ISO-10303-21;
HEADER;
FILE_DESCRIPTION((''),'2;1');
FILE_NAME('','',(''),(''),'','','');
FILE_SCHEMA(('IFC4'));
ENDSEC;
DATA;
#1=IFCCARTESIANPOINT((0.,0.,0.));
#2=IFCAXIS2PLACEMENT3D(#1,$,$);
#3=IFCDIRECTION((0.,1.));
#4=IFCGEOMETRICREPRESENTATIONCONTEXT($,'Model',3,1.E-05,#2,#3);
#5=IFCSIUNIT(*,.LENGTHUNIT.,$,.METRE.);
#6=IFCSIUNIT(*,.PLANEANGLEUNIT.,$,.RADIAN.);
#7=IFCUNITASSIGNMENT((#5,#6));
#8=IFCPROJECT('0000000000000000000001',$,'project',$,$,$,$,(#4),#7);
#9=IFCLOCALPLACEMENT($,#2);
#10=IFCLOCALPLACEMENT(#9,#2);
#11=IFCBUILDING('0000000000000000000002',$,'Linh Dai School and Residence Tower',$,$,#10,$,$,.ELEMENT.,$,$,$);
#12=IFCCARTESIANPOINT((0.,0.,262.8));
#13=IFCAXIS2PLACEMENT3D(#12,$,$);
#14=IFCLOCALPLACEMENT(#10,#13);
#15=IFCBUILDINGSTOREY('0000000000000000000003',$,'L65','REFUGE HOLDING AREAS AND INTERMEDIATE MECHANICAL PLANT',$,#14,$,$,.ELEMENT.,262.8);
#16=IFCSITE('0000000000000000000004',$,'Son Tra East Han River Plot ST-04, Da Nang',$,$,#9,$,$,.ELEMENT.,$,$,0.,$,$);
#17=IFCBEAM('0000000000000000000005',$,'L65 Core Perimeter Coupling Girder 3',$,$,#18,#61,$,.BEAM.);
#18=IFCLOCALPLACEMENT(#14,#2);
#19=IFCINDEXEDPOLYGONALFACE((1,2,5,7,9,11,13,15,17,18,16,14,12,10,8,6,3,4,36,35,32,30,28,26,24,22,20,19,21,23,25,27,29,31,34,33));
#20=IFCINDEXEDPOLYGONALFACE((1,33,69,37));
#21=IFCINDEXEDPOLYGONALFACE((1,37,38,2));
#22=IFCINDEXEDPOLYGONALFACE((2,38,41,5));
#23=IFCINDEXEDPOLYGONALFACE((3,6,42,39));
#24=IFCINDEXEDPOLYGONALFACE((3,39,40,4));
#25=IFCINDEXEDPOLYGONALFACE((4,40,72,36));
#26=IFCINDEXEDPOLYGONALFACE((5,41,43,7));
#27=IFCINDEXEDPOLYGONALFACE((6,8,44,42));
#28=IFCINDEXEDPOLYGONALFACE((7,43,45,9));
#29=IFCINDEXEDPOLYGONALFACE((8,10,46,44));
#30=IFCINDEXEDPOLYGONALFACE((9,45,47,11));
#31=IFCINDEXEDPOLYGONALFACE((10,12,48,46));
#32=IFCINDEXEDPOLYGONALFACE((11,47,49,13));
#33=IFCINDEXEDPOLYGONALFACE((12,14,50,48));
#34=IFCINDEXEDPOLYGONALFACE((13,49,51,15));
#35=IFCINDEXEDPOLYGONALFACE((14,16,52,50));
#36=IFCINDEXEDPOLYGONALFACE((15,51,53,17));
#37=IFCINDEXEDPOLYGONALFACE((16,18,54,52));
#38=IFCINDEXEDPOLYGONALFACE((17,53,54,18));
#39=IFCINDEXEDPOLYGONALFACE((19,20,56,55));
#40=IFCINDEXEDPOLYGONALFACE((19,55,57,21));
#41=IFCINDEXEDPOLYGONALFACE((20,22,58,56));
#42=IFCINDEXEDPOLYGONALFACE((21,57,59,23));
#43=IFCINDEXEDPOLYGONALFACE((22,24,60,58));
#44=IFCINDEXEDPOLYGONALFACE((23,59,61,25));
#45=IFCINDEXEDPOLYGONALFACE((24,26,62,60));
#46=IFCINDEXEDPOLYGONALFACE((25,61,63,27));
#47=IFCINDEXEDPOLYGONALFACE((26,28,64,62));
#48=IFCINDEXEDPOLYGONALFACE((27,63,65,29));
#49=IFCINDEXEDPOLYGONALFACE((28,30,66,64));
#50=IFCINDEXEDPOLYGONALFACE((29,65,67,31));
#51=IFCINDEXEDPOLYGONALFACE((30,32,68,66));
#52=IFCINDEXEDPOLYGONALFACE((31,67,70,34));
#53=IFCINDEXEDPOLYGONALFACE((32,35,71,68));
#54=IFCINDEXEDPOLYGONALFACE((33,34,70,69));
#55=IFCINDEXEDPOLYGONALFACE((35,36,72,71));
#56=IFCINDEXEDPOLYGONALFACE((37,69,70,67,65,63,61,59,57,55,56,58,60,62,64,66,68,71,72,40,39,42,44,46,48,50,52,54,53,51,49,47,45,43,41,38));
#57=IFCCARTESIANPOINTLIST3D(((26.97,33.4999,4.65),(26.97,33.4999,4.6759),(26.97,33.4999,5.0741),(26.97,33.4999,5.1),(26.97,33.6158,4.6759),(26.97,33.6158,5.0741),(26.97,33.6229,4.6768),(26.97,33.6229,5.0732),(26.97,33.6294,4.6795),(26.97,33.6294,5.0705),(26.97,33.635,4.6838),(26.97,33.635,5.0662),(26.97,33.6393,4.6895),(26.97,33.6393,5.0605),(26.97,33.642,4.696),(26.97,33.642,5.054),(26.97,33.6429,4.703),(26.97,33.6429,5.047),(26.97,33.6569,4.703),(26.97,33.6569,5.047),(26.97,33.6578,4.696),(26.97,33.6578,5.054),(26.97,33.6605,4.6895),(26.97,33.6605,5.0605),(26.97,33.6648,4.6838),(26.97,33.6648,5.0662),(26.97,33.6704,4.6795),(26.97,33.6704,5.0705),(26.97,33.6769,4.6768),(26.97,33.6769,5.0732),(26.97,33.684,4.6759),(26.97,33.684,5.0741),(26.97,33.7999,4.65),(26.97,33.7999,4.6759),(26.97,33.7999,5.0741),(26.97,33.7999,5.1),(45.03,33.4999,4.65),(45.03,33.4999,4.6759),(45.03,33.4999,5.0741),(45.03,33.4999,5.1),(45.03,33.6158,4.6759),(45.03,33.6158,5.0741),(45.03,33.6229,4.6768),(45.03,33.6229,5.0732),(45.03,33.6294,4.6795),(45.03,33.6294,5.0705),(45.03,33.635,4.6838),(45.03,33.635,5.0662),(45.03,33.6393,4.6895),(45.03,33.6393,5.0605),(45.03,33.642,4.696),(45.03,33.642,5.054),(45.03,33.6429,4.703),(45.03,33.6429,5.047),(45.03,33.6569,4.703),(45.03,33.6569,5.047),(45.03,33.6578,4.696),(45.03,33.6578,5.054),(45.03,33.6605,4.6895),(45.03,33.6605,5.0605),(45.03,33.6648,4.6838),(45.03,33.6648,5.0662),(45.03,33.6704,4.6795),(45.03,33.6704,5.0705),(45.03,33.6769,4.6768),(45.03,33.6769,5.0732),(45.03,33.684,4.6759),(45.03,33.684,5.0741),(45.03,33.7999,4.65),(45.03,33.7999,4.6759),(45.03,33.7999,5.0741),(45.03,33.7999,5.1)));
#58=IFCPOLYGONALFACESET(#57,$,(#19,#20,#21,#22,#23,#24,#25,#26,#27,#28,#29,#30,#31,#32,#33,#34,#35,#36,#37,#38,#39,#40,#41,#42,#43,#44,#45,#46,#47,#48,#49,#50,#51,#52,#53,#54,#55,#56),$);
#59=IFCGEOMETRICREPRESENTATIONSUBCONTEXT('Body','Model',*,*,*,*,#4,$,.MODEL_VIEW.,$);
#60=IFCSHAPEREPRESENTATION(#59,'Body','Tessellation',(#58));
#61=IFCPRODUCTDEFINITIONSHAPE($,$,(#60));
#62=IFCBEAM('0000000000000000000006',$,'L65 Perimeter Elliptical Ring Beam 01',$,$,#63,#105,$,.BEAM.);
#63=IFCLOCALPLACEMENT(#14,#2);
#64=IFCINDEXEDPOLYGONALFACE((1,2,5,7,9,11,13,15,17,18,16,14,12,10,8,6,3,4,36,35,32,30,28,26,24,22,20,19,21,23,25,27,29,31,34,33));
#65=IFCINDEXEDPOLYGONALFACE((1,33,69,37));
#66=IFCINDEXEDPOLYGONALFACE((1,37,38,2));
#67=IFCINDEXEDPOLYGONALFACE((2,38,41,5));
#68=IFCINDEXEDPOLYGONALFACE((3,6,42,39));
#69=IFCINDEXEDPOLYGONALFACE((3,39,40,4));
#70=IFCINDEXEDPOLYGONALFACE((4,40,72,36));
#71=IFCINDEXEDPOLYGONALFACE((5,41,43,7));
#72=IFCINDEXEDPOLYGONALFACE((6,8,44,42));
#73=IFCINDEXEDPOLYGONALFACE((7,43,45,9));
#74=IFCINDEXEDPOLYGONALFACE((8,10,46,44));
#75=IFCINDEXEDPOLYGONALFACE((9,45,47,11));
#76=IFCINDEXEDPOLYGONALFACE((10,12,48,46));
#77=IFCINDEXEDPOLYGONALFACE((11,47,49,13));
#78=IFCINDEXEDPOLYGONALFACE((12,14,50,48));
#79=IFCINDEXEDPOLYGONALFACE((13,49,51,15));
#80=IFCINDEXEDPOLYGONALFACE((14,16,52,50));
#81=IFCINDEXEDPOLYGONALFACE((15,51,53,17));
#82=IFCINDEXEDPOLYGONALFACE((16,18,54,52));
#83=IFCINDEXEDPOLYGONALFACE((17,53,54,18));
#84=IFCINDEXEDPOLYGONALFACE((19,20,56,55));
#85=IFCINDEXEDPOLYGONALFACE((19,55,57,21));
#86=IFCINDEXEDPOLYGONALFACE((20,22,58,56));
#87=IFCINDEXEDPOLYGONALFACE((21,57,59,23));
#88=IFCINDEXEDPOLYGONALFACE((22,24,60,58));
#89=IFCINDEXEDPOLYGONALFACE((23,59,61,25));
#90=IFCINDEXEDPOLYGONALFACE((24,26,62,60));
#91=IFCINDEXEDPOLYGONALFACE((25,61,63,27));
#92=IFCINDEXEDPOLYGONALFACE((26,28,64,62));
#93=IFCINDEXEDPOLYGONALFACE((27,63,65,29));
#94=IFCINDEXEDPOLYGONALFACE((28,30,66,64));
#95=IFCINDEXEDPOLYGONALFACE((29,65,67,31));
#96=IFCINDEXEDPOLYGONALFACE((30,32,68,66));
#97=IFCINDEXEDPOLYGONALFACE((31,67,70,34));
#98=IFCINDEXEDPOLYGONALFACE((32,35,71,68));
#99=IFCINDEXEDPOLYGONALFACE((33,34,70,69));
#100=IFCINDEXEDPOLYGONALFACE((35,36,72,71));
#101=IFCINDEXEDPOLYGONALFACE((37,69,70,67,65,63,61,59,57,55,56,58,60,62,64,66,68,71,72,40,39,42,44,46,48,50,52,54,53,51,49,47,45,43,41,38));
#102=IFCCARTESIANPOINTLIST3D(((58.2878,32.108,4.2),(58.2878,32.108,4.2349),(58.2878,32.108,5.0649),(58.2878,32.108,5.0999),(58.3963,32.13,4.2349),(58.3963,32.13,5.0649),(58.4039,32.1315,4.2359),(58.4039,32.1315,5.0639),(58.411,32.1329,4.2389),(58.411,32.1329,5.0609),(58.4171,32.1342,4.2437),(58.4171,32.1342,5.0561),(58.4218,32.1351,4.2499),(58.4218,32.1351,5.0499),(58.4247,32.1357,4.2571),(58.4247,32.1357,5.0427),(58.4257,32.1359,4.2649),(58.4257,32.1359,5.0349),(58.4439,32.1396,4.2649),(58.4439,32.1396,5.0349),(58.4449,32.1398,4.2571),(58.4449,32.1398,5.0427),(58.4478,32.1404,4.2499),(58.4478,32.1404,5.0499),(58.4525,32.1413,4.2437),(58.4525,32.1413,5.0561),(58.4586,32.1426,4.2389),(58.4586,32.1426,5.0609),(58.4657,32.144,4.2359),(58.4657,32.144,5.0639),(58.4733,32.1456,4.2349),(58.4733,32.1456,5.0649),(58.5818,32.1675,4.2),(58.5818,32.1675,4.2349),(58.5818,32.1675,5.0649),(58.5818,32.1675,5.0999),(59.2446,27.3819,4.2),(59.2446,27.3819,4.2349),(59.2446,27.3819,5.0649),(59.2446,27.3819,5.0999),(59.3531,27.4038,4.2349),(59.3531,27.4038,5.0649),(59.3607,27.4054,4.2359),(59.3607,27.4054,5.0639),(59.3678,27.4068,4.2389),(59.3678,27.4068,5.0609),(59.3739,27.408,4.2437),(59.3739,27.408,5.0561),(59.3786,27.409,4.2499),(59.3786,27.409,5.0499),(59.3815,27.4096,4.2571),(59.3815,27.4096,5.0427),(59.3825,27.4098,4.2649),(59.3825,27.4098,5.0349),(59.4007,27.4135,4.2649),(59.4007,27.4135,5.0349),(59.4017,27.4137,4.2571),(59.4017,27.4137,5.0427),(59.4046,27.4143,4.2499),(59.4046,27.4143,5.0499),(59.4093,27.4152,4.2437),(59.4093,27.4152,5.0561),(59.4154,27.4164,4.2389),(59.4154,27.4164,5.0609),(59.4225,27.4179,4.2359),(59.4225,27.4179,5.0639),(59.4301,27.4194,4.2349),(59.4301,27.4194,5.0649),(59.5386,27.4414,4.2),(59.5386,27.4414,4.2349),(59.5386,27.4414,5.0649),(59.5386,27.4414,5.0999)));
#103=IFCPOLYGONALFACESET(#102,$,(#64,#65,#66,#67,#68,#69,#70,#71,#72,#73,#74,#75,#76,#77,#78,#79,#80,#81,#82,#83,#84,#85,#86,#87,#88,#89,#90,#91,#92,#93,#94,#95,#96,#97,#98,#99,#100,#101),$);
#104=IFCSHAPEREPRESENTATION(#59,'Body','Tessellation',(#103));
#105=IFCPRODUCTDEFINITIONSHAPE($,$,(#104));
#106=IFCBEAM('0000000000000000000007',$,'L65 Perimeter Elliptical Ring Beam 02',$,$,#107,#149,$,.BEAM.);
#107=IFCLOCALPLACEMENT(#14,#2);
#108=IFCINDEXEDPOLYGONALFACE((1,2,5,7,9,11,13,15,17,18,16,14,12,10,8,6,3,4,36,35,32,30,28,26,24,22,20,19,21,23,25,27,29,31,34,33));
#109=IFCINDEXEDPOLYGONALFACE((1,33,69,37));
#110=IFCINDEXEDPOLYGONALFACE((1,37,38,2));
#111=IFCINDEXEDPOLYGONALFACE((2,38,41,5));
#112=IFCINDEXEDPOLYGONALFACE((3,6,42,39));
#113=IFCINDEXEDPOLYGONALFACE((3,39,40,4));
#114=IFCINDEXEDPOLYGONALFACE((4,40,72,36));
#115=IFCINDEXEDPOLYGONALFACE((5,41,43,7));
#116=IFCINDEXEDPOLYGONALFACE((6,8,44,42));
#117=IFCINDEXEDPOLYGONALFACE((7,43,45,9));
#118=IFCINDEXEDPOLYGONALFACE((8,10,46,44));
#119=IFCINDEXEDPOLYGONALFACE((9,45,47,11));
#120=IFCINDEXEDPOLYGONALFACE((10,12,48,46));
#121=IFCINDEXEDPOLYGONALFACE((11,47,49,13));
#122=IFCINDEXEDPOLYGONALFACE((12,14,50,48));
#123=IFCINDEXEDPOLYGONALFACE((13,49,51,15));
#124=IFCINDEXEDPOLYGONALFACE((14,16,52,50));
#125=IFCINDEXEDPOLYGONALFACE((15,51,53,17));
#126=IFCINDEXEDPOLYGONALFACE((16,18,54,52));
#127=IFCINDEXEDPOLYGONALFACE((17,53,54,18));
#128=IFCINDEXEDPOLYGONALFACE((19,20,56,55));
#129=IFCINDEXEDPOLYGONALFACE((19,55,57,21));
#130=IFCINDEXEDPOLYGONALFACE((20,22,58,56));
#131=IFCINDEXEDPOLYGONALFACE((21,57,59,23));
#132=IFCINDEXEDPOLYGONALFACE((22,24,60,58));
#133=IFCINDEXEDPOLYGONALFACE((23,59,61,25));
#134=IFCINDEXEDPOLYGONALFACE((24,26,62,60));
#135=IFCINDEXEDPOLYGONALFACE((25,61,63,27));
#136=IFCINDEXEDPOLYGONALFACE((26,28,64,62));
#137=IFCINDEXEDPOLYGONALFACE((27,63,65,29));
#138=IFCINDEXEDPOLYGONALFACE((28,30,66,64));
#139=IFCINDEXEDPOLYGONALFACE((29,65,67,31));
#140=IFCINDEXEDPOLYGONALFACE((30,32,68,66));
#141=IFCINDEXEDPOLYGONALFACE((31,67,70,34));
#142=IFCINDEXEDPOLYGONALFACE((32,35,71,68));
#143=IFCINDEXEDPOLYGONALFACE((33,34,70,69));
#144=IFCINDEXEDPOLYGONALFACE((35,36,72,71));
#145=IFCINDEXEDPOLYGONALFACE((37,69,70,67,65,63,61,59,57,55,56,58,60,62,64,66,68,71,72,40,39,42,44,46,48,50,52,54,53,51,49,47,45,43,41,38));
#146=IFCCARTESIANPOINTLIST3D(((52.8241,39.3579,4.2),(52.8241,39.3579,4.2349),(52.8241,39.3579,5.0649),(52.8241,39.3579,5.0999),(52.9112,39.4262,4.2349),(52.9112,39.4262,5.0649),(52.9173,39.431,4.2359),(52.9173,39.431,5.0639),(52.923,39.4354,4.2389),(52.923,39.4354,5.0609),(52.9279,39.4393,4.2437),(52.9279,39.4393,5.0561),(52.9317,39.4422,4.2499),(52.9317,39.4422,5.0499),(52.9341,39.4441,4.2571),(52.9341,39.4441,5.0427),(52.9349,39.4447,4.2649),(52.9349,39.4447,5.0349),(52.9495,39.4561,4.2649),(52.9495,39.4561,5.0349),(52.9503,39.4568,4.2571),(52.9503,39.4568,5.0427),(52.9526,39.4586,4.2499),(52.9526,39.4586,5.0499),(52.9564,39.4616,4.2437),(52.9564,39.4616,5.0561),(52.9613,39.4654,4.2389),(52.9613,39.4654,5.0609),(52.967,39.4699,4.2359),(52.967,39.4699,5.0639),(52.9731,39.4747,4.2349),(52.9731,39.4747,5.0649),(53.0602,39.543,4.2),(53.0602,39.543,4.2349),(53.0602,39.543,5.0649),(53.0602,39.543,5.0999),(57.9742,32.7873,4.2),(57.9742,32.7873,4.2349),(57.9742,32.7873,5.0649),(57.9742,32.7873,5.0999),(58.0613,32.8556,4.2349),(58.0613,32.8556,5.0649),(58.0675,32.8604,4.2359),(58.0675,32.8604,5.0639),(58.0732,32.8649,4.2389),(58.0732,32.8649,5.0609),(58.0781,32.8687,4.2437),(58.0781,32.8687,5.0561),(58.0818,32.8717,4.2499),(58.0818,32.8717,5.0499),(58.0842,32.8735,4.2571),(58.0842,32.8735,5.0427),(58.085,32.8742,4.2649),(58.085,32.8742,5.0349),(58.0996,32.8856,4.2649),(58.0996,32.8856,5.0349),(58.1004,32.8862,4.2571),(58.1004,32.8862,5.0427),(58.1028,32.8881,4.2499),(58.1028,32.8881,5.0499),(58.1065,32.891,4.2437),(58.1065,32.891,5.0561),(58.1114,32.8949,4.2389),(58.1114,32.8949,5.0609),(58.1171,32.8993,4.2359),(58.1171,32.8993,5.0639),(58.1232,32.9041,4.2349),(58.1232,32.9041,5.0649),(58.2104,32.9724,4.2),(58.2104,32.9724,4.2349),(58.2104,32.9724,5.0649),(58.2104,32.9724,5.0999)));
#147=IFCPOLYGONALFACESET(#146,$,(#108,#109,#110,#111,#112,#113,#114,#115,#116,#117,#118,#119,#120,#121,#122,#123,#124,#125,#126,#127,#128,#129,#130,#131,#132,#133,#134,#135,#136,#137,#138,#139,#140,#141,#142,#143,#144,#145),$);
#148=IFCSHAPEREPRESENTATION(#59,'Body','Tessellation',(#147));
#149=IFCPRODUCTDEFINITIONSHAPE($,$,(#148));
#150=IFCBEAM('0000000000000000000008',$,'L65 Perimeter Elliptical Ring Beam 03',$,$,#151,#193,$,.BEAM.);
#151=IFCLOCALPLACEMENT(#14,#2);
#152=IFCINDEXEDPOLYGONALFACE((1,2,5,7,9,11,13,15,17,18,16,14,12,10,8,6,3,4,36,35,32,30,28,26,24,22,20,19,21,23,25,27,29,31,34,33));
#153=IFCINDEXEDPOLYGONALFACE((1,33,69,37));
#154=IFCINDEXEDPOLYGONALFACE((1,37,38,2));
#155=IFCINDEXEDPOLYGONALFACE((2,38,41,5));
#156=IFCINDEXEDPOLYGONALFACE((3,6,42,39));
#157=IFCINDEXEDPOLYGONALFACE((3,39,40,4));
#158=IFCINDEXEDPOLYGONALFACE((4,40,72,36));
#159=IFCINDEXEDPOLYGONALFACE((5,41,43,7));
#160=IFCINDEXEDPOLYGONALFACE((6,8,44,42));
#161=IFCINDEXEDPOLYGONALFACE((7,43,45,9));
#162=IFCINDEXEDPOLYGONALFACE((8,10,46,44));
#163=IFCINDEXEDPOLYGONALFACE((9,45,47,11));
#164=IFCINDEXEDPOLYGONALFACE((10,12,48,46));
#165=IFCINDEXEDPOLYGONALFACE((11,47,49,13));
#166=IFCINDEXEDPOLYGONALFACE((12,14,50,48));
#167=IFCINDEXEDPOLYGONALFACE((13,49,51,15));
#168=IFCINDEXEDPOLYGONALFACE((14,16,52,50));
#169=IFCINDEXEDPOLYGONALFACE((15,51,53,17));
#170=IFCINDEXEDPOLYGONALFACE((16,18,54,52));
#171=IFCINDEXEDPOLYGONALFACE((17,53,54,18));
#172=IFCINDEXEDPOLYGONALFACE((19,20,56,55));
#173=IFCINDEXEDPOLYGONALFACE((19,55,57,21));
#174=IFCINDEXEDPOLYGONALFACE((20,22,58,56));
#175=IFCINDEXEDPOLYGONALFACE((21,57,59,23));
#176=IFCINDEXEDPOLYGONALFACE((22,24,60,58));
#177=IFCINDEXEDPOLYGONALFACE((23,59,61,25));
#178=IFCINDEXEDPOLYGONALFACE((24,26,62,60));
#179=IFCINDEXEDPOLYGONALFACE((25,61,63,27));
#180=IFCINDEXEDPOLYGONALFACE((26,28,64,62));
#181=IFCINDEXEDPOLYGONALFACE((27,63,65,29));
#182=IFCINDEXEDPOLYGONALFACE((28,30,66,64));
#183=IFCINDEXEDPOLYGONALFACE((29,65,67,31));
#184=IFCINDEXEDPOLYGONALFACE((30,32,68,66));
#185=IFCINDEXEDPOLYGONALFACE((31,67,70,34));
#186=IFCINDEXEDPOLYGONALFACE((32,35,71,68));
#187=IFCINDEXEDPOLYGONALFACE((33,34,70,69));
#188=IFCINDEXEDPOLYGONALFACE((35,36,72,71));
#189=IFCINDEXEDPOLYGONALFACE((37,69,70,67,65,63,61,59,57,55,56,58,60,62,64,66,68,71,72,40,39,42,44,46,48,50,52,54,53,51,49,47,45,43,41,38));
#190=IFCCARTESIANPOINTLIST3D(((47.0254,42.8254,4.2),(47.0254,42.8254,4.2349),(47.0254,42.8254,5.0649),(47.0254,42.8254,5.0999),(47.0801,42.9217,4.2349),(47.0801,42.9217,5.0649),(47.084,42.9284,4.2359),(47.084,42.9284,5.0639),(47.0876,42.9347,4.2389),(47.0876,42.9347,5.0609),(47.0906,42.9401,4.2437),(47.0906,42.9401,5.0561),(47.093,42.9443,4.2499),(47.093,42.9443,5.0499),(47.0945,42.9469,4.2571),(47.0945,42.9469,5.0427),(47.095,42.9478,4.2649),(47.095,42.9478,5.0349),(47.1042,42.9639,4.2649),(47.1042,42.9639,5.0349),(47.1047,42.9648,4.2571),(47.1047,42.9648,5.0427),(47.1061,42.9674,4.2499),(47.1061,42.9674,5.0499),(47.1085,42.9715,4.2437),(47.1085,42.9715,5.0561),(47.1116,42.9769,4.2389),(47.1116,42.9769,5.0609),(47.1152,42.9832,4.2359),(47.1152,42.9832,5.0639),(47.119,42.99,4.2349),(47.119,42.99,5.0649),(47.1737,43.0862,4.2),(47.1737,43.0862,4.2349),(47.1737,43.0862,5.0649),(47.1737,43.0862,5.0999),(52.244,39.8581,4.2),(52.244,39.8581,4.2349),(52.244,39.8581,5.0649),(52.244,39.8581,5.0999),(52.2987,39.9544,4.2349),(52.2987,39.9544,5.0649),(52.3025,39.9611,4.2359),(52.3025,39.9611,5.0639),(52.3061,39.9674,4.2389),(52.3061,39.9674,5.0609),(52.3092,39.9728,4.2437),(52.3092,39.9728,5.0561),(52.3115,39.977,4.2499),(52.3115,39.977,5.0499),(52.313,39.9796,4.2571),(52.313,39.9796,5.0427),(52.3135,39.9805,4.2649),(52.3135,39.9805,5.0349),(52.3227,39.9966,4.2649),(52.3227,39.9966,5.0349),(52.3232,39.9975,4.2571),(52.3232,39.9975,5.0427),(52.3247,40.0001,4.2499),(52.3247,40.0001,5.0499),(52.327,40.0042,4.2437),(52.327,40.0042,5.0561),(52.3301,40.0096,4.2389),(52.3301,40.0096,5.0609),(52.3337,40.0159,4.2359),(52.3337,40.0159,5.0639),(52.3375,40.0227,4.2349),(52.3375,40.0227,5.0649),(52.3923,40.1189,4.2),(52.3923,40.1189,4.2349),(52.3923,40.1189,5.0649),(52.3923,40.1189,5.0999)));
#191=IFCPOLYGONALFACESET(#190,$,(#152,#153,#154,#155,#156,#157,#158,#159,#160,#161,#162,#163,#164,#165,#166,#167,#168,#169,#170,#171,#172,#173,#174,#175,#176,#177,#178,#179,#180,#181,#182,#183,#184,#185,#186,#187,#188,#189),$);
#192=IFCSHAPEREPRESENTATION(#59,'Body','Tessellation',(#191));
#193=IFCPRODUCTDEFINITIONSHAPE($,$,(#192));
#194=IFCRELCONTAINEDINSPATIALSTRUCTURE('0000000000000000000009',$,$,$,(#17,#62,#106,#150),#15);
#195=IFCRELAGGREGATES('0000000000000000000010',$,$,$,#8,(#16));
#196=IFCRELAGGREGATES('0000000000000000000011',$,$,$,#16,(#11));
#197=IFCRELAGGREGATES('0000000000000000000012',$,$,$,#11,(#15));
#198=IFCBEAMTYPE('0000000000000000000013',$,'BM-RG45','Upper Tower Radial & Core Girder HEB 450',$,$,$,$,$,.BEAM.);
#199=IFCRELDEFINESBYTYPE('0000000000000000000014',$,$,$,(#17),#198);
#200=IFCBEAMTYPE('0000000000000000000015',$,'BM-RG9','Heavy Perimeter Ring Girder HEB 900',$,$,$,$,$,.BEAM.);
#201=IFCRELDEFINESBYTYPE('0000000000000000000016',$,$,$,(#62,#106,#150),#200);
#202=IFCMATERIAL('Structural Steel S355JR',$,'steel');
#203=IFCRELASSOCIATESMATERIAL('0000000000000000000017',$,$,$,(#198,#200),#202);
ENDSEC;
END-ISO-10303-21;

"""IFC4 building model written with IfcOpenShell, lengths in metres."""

from ifc_helpers import new_model, si_unit, direction, frame, origin, origin_2d, place, context, subcontext, project, spatial, i_section, extrude, material, material_profile, profile_set, type_object, element, save


model = new_model("IFC4")

# Units and contexts
model_context = context("Model", 3, precision=1e-05, world=origin(), true_north=direction((0.0, 1.0)))
body_context = subcontext(model_context, "Body", "Model", "MODEL_VIEW")
ifc_project = project(units=[si_unit("LENGTHUNIT", "METRE"), si_unit("PLANEANGLEUNIT", "RADIAN")], contexts=[model_context])

# Site, building, storey
site_placement = place(None, origin())
site = spatial("IfcSite", under=ifc_project, at=site_placement, Name="Son Tra East Han River Plot ST-04, Da Nang", CompositionType="ELEMENT", RefElevation=0.0)
building_placement = place(site_placement, origin())
building = spatial("IfcBuilding", under=site, at=building_placement, Name="Linh Dai School and Residence Tower", CompositionType="ELEMENT")
storey_placement = place(building_placement, frame((0.0, 0.0, 262.8)))
storey = spatial("IfcBuildingStorey", under=building, at=storey_placement, Name="L65", Description="REFUGE HOLDING AREAS AND INTERMEDIATE MECHANICAL PLANT", CompositionType="ELEMENT", Elevation=262.8)

# Shared definitions
ifc_material_1 = material(Name="Structural Steel S355JR", Category="steel")

# Beams
ifc_material_profile_1 = material_profile(ifc_material_1, i_section(OverallWidth=0.3, OverallDepth=0.45, WebThickness=0.0139, FlangeThickness=0.0259, FilletRadius=0.0271, at=origin_2d()), Name="HEB 450")
ifc_profile_set_1 = profile_set([ifc_material_profile_1], Name="Structural Steel S355JR")
beam_type_1 = type_object("IfcBeamType", Name="BM-RG45", Description="Upper Tower Radial & Core Girder HEB 450", PredefinedType="BEAM", material=ifc_profile_set_1)
beam_1_placement = place(storey_placement, frame((45.03, 33.6499, 4.875), z_axis=(-1.0, 0.0, 0.0), x_axis=(0.0, -1.0, 0.0)))
element("IfcBeam", 1, at=beam_1_placement, inside=storey, type_object=beam_type_1, Name="L65 Core Perimeter Coupling Girder 3", PredefinedType="BEAM", context=body_context, shape_type="SweptSolid", body=[
    extrude(i_section(OverallWidth=0.3, OverallDepth=0.45, WebThickness=0.0139, FlangeThickness=0.0259, FilletRadius=0.0271, at=origin_2d()), origin(), (0.0, 0.0, 1.0), 18.0601),
])
ifc_material_profile_2 = material_profile(ifc_material_1, i_section(OverallWidth=0.3, OverallDepth=0.8999, WebThickness=0.0186, FlangeThickness=0.0349, FilletRadius=0.03, at=origin_2d()), Name="HEB 900")
ifc_profile_set_2 = profile_set([ifc_material_profile_2], Name="Structural Steel S355JR")
beam_type_2 = type_object("IfcBeamType", Name="BM-RG9", Description="Heavy Perimeter Ring Girder HEB 900", PredefinedType="BEAM", material=ifc_profile_set_2)
beam_2_placement = place(storey_placement, frame((59.3916, 27.4116, 4.6499), z_axis=(-0.198423, 0.980116, 0.0), x_axis=(-0.980116, -0.198423, 0.0)))
element("IfcBeam", 2, at=beam_2_placement, inside=storey, type_object=beam_type_2, Name="L65 Perimeter Elliptical Ring Beam 01", PredefinedType="BEAM", context=body_context, shape_type="SweptSolid", body=[
    extrude(i_section(OverallWidth=0.3, OverallDepth=0.8999, WebThickness=0.0186, FlangeThickness=0.0349, FilletRadius=0.03, at=origin_2d()), origin(), (0.0, 0.0, 1.0), 4.822),
])
beam_3_placement = place(storey_placement, frame((58.0923, 32.8799, 4.6499), z_axis=(-0.6169, 0.787041, 0.0), x_axis=(-0.787041, -0.6169, 0.0)))
element("IfcBeam", 3, at=beam_3_placement, inside=storey, type_object=beam_type_2, Name="L65 Perimeter Elliptical Ring Beam 02", PredefinedType="BEAM", context=body_context, shape_type="SweptSolid", body=[
    extrude(i_section(OverallWidth=0.3, OverallDepth=0.8999, WebThickness=0.0186, FlangeThickness=0.0349, FilletRadius=0.03, at=origin_2d()), origin(), (0.0, 0.0, 1.0), 8.3484),
])
beam_4_placement = place(storey_placement, frame((52.3181, 39.9885, 4.6499), z_axis=(-0.869297, 0.49429, 0.0), x_axis=(-0.49429, -0.869297, 0.0)))
element("IfcBeam", 4, at=beam_4_placement, inside=storey, type_object=beam_type_2, Name="L65 Perimeter Elliptical Ring Beam 03", PredefinedType="BEAM", context=body_context, shape_type="SweptSolid", body=[
    extrude(i_section(OverallWidth=0.3, OverallDepth=0.8999, WebThickness=0.0186, FlangeThickness=0.0349, FilletRadius=0.03, at=origin_2d()), origin(), (0.0, 0.0, 1.0), 6.0032),
])

save(model, "model.ifc")
